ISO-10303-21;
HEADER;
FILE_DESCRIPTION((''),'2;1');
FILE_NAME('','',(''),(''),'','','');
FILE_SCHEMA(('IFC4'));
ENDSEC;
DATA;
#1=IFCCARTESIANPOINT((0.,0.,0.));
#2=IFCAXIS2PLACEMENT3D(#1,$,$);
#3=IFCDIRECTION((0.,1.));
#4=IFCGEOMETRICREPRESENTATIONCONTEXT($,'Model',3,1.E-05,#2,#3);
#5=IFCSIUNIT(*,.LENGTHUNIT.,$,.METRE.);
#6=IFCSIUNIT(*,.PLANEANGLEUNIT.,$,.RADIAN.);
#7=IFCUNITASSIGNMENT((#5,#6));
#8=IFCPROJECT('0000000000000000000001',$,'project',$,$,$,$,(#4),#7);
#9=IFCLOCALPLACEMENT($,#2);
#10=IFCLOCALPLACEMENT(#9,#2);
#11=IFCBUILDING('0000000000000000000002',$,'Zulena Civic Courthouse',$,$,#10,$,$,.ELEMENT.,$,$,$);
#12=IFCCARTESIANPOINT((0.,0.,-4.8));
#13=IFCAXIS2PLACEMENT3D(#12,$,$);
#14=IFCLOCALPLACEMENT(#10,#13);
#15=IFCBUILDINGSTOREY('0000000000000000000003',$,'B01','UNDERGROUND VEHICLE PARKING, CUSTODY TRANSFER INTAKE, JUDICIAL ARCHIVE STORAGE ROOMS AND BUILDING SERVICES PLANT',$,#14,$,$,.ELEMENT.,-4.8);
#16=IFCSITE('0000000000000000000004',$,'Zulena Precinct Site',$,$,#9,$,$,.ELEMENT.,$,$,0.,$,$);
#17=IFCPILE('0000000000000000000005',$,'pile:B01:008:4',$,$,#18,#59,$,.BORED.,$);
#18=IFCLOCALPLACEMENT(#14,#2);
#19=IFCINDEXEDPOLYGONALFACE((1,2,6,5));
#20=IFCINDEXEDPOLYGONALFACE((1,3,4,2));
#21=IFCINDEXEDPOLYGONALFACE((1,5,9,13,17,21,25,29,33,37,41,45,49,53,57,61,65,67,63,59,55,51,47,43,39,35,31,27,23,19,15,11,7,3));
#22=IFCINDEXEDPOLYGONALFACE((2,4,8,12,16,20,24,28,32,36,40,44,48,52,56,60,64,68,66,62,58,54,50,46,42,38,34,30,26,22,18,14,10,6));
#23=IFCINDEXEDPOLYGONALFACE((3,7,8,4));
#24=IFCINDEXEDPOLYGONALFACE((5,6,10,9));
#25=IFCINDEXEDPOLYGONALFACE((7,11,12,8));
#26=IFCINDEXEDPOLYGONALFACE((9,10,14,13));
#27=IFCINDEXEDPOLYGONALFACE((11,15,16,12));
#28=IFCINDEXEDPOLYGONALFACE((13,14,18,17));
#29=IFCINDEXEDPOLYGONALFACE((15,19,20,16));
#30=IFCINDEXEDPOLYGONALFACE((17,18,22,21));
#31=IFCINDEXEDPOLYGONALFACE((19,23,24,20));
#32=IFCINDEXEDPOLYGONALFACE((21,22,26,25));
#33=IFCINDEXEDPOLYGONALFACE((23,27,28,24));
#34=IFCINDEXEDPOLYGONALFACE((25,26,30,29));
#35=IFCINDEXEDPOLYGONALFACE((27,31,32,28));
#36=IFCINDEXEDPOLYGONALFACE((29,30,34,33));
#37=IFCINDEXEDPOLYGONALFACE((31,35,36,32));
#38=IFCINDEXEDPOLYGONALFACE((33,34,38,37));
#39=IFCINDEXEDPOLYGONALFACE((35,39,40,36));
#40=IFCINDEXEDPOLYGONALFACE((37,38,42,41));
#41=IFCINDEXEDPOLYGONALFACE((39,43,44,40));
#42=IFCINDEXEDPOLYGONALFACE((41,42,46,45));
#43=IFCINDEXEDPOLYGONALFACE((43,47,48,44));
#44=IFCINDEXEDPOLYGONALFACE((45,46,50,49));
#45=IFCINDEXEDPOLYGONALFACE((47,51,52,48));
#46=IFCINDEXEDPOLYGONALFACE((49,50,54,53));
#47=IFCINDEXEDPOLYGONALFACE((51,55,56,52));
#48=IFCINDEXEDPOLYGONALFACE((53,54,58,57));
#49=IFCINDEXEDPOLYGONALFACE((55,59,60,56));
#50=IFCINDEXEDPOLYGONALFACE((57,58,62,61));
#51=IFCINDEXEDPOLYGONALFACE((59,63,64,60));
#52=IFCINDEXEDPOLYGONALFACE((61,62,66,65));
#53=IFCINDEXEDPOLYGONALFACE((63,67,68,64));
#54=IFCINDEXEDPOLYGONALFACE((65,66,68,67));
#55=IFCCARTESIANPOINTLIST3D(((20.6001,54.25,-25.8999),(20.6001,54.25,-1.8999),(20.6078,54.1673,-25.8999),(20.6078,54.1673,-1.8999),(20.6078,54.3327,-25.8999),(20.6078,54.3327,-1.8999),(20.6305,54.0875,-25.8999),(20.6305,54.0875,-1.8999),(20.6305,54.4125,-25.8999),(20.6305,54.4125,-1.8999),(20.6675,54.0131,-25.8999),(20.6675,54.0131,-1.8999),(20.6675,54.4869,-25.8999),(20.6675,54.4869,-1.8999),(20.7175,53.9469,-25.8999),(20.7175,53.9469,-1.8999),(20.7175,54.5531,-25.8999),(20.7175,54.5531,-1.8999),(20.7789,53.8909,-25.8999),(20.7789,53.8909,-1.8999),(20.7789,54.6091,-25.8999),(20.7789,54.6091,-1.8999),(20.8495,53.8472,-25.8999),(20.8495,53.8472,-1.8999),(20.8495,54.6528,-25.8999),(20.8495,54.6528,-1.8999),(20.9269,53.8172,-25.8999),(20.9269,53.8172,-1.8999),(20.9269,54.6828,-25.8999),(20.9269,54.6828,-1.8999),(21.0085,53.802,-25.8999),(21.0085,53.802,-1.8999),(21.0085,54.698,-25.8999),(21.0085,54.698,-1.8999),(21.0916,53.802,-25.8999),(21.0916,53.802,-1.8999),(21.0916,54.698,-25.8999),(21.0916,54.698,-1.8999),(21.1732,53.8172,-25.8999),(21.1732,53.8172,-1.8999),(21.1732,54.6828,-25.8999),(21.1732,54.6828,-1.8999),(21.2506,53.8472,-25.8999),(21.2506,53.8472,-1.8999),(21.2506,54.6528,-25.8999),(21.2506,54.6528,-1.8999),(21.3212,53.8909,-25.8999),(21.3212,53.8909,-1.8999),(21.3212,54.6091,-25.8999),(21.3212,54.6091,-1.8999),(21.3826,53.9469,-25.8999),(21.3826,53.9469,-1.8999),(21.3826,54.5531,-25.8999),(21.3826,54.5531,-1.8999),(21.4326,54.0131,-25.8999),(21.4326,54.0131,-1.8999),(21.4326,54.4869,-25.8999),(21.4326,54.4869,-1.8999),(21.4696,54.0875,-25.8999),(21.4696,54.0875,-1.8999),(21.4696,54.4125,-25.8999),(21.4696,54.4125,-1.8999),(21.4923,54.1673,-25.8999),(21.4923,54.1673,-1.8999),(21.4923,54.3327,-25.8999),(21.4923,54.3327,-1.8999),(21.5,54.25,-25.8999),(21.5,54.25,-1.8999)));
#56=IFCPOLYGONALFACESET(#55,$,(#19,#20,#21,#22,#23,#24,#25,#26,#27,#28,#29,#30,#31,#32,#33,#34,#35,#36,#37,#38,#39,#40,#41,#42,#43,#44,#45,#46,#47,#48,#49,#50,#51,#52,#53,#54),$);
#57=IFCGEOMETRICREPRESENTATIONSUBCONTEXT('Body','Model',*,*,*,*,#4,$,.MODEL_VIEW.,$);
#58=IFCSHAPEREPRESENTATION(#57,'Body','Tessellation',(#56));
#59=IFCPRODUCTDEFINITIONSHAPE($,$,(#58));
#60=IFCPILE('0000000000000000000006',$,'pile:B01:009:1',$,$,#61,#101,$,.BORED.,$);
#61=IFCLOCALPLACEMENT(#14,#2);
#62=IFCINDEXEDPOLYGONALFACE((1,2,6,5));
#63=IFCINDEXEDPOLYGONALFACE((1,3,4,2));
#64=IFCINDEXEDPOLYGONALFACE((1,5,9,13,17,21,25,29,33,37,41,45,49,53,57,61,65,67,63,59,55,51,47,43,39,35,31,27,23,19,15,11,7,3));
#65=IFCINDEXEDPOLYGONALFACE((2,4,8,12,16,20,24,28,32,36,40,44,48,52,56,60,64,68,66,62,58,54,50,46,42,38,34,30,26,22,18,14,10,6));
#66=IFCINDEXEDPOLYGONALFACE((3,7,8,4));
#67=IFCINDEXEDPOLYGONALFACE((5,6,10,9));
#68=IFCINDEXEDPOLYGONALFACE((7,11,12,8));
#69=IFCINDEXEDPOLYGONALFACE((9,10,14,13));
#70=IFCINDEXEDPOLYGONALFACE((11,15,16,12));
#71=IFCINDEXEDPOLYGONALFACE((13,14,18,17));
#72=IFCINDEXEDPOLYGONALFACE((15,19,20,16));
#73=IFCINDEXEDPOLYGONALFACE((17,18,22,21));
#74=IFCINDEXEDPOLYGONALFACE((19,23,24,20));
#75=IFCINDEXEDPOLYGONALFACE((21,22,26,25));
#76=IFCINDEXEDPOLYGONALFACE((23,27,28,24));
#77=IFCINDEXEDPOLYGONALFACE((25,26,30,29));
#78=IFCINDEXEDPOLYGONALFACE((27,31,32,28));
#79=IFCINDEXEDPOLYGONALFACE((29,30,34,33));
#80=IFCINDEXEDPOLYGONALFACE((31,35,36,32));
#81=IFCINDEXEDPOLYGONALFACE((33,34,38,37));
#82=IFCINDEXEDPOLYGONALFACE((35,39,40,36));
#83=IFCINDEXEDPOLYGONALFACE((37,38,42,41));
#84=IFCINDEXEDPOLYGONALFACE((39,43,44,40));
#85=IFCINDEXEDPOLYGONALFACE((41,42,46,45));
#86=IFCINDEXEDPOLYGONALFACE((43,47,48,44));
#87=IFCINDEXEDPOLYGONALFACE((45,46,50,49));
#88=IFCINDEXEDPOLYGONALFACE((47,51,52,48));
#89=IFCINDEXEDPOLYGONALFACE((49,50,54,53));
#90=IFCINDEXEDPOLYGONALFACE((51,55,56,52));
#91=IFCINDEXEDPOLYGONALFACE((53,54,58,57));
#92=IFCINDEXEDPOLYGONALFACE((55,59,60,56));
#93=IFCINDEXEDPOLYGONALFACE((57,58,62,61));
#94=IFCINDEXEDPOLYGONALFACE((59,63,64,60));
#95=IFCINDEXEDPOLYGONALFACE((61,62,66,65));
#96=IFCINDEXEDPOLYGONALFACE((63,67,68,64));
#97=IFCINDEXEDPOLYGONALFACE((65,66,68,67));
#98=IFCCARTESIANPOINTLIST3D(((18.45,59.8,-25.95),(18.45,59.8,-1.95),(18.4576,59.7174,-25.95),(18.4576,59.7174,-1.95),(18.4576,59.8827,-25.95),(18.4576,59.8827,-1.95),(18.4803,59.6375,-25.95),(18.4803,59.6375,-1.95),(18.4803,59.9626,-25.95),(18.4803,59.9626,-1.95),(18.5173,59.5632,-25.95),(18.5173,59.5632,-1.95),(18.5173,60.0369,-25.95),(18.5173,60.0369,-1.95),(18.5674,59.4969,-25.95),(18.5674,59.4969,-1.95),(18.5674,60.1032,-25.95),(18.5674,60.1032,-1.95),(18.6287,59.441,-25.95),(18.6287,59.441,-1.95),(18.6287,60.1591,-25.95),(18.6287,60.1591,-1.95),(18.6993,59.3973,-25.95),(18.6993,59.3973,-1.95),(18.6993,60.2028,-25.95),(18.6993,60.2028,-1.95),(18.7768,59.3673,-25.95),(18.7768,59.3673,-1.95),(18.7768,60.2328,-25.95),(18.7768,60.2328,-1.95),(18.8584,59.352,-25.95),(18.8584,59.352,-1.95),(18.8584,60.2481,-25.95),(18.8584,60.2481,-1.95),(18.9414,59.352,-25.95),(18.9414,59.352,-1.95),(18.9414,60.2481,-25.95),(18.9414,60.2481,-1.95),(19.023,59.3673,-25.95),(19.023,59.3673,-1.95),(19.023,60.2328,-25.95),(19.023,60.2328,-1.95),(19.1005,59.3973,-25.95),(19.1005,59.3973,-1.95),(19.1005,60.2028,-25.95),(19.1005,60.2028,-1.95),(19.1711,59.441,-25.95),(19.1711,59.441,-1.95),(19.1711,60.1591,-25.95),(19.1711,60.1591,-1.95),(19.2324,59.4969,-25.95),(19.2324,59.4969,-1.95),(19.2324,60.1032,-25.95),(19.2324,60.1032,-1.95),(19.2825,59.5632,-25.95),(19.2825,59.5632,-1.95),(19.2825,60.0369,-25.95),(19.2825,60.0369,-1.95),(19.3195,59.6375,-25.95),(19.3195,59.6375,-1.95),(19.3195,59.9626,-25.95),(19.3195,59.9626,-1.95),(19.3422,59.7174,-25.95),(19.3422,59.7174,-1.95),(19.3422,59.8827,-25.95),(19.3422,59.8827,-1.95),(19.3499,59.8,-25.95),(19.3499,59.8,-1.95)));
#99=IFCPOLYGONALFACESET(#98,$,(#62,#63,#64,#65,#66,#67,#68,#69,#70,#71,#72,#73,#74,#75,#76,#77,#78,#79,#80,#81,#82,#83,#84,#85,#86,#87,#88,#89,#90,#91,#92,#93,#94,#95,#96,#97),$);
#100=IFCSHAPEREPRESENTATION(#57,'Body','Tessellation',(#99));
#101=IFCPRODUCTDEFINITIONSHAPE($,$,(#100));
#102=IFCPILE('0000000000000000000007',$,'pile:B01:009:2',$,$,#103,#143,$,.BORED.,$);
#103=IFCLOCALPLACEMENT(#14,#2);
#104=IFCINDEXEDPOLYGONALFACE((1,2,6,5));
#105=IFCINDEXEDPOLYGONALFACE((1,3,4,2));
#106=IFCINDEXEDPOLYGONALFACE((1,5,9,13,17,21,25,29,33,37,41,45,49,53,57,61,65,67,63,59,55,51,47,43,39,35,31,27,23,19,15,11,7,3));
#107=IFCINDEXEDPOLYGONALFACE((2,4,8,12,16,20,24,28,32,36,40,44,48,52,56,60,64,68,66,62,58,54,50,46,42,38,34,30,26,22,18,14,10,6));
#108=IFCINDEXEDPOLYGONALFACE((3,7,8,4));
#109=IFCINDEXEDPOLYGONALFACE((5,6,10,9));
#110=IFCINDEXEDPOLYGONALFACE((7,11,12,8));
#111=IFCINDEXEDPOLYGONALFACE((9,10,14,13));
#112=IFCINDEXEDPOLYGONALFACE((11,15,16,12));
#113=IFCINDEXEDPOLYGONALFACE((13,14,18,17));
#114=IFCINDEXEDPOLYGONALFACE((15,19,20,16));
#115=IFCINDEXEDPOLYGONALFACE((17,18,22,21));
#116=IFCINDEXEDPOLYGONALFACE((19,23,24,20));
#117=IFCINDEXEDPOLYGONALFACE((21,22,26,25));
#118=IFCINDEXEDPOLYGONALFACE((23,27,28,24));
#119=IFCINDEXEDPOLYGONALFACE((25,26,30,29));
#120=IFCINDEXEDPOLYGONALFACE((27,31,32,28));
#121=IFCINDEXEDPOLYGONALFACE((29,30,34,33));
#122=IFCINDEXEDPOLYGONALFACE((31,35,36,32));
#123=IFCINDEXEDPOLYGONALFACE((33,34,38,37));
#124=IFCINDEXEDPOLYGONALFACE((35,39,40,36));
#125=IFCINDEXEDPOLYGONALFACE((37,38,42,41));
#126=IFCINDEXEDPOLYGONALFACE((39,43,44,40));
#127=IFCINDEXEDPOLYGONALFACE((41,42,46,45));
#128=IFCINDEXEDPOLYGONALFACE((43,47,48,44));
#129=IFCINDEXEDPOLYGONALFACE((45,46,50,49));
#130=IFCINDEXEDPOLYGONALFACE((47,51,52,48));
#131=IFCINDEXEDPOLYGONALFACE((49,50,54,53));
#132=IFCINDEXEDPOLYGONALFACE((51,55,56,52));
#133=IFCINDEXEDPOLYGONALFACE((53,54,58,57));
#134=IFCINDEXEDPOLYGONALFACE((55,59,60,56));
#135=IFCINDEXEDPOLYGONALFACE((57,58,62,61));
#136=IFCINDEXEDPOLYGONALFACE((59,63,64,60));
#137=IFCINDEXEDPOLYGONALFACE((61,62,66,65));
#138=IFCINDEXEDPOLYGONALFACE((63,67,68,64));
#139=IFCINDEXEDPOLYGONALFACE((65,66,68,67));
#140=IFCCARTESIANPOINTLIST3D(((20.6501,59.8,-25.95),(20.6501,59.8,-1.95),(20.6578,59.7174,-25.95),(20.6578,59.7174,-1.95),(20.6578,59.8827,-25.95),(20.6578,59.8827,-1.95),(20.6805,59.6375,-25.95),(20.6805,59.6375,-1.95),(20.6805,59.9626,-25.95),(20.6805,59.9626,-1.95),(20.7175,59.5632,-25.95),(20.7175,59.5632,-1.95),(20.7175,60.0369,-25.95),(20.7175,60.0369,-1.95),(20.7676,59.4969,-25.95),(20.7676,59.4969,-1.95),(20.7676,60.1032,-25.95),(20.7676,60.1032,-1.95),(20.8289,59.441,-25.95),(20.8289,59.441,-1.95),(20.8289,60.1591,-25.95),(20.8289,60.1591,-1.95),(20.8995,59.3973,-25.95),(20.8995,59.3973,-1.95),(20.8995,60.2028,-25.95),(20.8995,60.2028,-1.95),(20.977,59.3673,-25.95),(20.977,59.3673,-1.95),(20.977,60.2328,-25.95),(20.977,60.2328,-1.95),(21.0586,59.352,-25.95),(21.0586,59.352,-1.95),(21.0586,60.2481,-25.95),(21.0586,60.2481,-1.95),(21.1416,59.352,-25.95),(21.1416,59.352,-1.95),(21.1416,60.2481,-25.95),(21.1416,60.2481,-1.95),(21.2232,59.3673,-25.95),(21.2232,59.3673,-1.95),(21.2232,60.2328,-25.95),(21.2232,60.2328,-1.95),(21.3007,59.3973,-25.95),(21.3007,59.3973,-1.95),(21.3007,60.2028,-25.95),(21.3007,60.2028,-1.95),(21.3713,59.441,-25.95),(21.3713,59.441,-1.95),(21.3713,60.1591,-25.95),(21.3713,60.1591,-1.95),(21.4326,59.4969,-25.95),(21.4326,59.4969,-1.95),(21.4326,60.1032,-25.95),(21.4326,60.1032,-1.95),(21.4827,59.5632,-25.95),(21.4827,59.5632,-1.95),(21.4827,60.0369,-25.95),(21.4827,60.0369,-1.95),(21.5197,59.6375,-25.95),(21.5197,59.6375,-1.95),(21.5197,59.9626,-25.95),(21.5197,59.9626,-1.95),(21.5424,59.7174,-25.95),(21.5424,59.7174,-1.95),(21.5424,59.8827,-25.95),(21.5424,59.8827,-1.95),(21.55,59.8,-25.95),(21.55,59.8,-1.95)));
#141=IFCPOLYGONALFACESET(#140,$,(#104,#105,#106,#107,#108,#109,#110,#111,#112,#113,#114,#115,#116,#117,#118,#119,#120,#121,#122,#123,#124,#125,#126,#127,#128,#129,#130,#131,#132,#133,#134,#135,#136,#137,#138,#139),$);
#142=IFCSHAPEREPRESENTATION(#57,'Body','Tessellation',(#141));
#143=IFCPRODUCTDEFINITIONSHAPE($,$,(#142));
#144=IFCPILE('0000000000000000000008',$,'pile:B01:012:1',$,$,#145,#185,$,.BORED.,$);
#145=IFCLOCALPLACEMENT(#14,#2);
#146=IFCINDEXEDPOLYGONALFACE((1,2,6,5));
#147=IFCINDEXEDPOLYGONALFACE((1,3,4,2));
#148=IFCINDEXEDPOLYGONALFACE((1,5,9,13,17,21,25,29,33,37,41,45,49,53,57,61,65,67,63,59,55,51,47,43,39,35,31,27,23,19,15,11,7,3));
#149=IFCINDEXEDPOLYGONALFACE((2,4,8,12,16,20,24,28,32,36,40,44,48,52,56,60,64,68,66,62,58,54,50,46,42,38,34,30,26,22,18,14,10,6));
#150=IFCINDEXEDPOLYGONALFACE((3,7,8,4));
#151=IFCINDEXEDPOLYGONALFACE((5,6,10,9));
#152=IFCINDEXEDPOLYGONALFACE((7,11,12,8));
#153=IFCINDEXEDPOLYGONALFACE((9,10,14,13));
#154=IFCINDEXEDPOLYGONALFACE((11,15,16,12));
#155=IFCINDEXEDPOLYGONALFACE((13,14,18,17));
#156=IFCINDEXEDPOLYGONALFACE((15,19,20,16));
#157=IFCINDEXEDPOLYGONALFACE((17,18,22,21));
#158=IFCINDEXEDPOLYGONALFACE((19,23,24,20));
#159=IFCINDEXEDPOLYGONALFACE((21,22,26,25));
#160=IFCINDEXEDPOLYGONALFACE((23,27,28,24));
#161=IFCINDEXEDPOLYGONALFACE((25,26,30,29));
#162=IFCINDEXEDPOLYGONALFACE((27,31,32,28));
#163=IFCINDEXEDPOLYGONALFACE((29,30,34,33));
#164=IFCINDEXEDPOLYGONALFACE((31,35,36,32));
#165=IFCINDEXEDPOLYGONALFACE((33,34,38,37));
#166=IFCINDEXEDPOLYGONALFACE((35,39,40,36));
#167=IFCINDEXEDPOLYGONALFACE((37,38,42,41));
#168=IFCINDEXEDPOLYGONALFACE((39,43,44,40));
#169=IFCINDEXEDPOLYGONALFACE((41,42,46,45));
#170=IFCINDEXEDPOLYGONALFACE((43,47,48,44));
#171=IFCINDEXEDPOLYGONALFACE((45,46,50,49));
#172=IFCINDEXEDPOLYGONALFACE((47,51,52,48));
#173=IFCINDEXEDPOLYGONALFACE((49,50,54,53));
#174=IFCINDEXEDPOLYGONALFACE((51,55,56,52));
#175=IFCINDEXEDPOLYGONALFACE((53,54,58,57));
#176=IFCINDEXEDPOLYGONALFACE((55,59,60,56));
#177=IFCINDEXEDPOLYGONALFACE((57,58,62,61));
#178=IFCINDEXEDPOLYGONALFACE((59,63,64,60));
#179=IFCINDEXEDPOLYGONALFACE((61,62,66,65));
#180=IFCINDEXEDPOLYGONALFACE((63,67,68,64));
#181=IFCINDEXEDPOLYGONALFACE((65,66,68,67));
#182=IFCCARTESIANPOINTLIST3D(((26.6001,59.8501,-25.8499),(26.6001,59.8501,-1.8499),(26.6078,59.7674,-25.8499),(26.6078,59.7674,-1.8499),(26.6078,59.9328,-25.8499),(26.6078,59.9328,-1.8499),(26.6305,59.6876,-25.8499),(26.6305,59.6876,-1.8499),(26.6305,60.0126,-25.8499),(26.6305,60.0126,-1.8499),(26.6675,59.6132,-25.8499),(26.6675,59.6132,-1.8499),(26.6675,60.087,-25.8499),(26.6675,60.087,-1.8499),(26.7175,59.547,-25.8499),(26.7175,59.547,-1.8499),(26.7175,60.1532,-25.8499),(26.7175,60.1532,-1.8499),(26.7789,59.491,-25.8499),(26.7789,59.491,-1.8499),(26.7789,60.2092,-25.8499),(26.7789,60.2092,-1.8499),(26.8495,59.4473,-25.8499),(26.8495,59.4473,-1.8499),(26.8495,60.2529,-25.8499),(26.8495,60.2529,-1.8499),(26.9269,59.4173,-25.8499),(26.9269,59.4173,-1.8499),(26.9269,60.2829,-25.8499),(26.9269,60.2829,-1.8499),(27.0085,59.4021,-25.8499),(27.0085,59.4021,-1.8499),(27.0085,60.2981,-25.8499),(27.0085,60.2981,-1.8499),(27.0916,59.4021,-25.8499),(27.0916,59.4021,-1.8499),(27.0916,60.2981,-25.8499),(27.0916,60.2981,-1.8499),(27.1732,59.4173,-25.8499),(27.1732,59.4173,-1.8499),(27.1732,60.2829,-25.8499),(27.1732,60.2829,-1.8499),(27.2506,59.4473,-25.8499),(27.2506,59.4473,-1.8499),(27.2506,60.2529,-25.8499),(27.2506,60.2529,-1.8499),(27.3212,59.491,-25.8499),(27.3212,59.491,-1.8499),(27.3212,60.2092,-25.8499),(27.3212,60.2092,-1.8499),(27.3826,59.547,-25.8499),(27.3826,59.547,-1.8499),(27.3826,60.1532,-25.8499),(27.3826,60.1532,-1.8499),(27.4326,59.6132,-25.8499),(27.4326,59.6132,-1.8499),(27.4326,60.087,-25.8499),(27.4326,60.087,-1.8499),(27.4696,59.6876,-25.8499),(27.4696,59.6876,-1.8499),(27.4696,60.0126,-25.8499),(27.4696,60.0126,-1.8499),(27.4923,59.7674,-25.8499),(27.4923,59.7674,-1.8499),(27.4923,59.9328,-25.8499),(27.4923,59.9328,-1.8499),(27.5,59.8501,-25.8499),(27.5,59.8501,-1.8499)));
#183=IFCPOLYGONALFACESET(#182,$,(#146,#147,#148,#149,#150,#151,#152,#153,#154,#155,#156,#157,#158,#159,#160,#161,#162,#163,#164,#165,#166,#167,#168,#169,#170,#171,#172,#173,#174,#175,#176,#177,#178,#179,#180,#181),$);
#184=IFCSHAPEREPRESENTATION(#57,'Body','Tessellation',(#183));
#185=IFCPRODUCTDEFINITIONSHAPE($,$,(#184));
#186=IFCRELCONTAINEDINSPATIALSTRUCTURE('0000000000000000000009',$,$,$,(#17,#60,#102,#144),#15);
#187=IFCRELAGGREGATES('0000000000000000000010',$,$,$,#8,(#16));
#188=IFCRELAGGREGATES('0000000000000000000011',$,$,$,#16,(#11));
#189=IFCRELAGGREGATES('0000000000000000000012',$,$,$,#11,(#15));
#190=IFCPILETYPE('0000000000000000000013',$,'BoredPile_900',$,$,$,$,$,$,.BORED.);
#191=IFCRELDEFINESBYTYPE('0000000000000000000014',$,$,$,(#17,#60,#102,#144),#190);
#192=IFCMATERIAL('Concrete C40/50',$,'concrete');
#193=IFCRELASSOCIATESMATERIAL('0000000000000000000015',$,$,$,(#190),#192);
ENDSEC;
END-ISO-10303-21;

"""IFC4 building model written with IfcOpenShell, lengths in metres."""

from ifc_helpers import new_model, si_unit, direction, frame, origin, origin_2d, place, context, subcontext, project, spatial, circle, extrude, material, material_profile, profile_set, type_object, element, save


model = new_model("IFC4")

# Units and contexts
model_context = context("Model", 3, precision=1e-05, world=origin(), true_north=direction((0.0, 1.0)))
body_context = subcontext(model_context, "Body", "Model", "MODEL_VIEW")
ifc_project = project(units=[si_unit("LENGTHUNIT", "METRE"), si_unit("PLANEANGLEUNIT", "RADIAN")], contexts=[model_context])

# Site, building, storey
site_placement = place(None, origin())
site = spatial("IfcSite", under=ifc_project, at=site_placement, Name="Zulena Precinct Site", CompositionType="ELEMENT", RefElevation=0.0)
building_placement = place(site_placement, origin())
building = spatial("IfcBuilding", under=site, at=building_placement, Name="Zulena Civic Courthouse", CompositionType="ELEMENT")
storey_placement = place(building_placement, frame((0.0, 0.0, -4.8)))
storey = spatial("IfcBuildingStorey", under=building, at=storey_placement, Name="B01", Description="UNDERGROUND VEHICLE PARKING, CUSTODY TRANSFER INTAKE, JUDICIAL ARCHIVE STORAGE ROOMS AND BUILDING SERVICES PLANT", CompositionType="ELEMENT", Elevation=-4.8)

# Piles
ifc_material_1 = material(Name="Concrete C40/50", Category="concrete")
ifc_material_profile_1 = material_profile(ifc_material_1, circle(Radius=0.45, at=origin_2d()), Name="PILE900")
ifc_profile_set_1 = profile_set([ifc_material_profile_1], Name="Concrete C40/50")
pile_type_1 = type_object("IfcPileType", Name="BoredPile_900", PredefinedType="BORED", material=ifc_profile_set_1)
for number, where, z_axis, x_axis, name in (
    (1, (21.05, 54.25, -1.8999), (0.0, 0.0, -1.0), (1.0, 0.0, 0.0), "pile:B01:008:4"),
    (2, (18.8999, 59.8, -1.95), (0.0, 0.0, -1.0), (1.0, 0.0, 0.0), "pile:B01:009:1"),
    (3, (21.1001, 59.8, -1.95), (0.0, 0.0, -1.0), (1.0, 0.0, 0.0), "pile:B01:009:2"),
    (4, (27.05, 59.8501, -1.8499), (0.0, 0.0, -1.0), (1.0, 0.0, 0.0), "pile:B01:012:1"),
):
    element("IfcPile", number, at=place(storey_placement, frame(where, z_axis=z_axis, x_axis=x_axis)), inside=storey, type_object=pile_type_1, Name=name, PredefinedType="BORED", context=body_context, shape_type="SweptSolid", body=[
        extrude(circle(Radius=0.45, at=origin_2d()), origin(), (0.0, 0.0, 1.0), 24.0),
    ])

save(model, "model.ifc")
